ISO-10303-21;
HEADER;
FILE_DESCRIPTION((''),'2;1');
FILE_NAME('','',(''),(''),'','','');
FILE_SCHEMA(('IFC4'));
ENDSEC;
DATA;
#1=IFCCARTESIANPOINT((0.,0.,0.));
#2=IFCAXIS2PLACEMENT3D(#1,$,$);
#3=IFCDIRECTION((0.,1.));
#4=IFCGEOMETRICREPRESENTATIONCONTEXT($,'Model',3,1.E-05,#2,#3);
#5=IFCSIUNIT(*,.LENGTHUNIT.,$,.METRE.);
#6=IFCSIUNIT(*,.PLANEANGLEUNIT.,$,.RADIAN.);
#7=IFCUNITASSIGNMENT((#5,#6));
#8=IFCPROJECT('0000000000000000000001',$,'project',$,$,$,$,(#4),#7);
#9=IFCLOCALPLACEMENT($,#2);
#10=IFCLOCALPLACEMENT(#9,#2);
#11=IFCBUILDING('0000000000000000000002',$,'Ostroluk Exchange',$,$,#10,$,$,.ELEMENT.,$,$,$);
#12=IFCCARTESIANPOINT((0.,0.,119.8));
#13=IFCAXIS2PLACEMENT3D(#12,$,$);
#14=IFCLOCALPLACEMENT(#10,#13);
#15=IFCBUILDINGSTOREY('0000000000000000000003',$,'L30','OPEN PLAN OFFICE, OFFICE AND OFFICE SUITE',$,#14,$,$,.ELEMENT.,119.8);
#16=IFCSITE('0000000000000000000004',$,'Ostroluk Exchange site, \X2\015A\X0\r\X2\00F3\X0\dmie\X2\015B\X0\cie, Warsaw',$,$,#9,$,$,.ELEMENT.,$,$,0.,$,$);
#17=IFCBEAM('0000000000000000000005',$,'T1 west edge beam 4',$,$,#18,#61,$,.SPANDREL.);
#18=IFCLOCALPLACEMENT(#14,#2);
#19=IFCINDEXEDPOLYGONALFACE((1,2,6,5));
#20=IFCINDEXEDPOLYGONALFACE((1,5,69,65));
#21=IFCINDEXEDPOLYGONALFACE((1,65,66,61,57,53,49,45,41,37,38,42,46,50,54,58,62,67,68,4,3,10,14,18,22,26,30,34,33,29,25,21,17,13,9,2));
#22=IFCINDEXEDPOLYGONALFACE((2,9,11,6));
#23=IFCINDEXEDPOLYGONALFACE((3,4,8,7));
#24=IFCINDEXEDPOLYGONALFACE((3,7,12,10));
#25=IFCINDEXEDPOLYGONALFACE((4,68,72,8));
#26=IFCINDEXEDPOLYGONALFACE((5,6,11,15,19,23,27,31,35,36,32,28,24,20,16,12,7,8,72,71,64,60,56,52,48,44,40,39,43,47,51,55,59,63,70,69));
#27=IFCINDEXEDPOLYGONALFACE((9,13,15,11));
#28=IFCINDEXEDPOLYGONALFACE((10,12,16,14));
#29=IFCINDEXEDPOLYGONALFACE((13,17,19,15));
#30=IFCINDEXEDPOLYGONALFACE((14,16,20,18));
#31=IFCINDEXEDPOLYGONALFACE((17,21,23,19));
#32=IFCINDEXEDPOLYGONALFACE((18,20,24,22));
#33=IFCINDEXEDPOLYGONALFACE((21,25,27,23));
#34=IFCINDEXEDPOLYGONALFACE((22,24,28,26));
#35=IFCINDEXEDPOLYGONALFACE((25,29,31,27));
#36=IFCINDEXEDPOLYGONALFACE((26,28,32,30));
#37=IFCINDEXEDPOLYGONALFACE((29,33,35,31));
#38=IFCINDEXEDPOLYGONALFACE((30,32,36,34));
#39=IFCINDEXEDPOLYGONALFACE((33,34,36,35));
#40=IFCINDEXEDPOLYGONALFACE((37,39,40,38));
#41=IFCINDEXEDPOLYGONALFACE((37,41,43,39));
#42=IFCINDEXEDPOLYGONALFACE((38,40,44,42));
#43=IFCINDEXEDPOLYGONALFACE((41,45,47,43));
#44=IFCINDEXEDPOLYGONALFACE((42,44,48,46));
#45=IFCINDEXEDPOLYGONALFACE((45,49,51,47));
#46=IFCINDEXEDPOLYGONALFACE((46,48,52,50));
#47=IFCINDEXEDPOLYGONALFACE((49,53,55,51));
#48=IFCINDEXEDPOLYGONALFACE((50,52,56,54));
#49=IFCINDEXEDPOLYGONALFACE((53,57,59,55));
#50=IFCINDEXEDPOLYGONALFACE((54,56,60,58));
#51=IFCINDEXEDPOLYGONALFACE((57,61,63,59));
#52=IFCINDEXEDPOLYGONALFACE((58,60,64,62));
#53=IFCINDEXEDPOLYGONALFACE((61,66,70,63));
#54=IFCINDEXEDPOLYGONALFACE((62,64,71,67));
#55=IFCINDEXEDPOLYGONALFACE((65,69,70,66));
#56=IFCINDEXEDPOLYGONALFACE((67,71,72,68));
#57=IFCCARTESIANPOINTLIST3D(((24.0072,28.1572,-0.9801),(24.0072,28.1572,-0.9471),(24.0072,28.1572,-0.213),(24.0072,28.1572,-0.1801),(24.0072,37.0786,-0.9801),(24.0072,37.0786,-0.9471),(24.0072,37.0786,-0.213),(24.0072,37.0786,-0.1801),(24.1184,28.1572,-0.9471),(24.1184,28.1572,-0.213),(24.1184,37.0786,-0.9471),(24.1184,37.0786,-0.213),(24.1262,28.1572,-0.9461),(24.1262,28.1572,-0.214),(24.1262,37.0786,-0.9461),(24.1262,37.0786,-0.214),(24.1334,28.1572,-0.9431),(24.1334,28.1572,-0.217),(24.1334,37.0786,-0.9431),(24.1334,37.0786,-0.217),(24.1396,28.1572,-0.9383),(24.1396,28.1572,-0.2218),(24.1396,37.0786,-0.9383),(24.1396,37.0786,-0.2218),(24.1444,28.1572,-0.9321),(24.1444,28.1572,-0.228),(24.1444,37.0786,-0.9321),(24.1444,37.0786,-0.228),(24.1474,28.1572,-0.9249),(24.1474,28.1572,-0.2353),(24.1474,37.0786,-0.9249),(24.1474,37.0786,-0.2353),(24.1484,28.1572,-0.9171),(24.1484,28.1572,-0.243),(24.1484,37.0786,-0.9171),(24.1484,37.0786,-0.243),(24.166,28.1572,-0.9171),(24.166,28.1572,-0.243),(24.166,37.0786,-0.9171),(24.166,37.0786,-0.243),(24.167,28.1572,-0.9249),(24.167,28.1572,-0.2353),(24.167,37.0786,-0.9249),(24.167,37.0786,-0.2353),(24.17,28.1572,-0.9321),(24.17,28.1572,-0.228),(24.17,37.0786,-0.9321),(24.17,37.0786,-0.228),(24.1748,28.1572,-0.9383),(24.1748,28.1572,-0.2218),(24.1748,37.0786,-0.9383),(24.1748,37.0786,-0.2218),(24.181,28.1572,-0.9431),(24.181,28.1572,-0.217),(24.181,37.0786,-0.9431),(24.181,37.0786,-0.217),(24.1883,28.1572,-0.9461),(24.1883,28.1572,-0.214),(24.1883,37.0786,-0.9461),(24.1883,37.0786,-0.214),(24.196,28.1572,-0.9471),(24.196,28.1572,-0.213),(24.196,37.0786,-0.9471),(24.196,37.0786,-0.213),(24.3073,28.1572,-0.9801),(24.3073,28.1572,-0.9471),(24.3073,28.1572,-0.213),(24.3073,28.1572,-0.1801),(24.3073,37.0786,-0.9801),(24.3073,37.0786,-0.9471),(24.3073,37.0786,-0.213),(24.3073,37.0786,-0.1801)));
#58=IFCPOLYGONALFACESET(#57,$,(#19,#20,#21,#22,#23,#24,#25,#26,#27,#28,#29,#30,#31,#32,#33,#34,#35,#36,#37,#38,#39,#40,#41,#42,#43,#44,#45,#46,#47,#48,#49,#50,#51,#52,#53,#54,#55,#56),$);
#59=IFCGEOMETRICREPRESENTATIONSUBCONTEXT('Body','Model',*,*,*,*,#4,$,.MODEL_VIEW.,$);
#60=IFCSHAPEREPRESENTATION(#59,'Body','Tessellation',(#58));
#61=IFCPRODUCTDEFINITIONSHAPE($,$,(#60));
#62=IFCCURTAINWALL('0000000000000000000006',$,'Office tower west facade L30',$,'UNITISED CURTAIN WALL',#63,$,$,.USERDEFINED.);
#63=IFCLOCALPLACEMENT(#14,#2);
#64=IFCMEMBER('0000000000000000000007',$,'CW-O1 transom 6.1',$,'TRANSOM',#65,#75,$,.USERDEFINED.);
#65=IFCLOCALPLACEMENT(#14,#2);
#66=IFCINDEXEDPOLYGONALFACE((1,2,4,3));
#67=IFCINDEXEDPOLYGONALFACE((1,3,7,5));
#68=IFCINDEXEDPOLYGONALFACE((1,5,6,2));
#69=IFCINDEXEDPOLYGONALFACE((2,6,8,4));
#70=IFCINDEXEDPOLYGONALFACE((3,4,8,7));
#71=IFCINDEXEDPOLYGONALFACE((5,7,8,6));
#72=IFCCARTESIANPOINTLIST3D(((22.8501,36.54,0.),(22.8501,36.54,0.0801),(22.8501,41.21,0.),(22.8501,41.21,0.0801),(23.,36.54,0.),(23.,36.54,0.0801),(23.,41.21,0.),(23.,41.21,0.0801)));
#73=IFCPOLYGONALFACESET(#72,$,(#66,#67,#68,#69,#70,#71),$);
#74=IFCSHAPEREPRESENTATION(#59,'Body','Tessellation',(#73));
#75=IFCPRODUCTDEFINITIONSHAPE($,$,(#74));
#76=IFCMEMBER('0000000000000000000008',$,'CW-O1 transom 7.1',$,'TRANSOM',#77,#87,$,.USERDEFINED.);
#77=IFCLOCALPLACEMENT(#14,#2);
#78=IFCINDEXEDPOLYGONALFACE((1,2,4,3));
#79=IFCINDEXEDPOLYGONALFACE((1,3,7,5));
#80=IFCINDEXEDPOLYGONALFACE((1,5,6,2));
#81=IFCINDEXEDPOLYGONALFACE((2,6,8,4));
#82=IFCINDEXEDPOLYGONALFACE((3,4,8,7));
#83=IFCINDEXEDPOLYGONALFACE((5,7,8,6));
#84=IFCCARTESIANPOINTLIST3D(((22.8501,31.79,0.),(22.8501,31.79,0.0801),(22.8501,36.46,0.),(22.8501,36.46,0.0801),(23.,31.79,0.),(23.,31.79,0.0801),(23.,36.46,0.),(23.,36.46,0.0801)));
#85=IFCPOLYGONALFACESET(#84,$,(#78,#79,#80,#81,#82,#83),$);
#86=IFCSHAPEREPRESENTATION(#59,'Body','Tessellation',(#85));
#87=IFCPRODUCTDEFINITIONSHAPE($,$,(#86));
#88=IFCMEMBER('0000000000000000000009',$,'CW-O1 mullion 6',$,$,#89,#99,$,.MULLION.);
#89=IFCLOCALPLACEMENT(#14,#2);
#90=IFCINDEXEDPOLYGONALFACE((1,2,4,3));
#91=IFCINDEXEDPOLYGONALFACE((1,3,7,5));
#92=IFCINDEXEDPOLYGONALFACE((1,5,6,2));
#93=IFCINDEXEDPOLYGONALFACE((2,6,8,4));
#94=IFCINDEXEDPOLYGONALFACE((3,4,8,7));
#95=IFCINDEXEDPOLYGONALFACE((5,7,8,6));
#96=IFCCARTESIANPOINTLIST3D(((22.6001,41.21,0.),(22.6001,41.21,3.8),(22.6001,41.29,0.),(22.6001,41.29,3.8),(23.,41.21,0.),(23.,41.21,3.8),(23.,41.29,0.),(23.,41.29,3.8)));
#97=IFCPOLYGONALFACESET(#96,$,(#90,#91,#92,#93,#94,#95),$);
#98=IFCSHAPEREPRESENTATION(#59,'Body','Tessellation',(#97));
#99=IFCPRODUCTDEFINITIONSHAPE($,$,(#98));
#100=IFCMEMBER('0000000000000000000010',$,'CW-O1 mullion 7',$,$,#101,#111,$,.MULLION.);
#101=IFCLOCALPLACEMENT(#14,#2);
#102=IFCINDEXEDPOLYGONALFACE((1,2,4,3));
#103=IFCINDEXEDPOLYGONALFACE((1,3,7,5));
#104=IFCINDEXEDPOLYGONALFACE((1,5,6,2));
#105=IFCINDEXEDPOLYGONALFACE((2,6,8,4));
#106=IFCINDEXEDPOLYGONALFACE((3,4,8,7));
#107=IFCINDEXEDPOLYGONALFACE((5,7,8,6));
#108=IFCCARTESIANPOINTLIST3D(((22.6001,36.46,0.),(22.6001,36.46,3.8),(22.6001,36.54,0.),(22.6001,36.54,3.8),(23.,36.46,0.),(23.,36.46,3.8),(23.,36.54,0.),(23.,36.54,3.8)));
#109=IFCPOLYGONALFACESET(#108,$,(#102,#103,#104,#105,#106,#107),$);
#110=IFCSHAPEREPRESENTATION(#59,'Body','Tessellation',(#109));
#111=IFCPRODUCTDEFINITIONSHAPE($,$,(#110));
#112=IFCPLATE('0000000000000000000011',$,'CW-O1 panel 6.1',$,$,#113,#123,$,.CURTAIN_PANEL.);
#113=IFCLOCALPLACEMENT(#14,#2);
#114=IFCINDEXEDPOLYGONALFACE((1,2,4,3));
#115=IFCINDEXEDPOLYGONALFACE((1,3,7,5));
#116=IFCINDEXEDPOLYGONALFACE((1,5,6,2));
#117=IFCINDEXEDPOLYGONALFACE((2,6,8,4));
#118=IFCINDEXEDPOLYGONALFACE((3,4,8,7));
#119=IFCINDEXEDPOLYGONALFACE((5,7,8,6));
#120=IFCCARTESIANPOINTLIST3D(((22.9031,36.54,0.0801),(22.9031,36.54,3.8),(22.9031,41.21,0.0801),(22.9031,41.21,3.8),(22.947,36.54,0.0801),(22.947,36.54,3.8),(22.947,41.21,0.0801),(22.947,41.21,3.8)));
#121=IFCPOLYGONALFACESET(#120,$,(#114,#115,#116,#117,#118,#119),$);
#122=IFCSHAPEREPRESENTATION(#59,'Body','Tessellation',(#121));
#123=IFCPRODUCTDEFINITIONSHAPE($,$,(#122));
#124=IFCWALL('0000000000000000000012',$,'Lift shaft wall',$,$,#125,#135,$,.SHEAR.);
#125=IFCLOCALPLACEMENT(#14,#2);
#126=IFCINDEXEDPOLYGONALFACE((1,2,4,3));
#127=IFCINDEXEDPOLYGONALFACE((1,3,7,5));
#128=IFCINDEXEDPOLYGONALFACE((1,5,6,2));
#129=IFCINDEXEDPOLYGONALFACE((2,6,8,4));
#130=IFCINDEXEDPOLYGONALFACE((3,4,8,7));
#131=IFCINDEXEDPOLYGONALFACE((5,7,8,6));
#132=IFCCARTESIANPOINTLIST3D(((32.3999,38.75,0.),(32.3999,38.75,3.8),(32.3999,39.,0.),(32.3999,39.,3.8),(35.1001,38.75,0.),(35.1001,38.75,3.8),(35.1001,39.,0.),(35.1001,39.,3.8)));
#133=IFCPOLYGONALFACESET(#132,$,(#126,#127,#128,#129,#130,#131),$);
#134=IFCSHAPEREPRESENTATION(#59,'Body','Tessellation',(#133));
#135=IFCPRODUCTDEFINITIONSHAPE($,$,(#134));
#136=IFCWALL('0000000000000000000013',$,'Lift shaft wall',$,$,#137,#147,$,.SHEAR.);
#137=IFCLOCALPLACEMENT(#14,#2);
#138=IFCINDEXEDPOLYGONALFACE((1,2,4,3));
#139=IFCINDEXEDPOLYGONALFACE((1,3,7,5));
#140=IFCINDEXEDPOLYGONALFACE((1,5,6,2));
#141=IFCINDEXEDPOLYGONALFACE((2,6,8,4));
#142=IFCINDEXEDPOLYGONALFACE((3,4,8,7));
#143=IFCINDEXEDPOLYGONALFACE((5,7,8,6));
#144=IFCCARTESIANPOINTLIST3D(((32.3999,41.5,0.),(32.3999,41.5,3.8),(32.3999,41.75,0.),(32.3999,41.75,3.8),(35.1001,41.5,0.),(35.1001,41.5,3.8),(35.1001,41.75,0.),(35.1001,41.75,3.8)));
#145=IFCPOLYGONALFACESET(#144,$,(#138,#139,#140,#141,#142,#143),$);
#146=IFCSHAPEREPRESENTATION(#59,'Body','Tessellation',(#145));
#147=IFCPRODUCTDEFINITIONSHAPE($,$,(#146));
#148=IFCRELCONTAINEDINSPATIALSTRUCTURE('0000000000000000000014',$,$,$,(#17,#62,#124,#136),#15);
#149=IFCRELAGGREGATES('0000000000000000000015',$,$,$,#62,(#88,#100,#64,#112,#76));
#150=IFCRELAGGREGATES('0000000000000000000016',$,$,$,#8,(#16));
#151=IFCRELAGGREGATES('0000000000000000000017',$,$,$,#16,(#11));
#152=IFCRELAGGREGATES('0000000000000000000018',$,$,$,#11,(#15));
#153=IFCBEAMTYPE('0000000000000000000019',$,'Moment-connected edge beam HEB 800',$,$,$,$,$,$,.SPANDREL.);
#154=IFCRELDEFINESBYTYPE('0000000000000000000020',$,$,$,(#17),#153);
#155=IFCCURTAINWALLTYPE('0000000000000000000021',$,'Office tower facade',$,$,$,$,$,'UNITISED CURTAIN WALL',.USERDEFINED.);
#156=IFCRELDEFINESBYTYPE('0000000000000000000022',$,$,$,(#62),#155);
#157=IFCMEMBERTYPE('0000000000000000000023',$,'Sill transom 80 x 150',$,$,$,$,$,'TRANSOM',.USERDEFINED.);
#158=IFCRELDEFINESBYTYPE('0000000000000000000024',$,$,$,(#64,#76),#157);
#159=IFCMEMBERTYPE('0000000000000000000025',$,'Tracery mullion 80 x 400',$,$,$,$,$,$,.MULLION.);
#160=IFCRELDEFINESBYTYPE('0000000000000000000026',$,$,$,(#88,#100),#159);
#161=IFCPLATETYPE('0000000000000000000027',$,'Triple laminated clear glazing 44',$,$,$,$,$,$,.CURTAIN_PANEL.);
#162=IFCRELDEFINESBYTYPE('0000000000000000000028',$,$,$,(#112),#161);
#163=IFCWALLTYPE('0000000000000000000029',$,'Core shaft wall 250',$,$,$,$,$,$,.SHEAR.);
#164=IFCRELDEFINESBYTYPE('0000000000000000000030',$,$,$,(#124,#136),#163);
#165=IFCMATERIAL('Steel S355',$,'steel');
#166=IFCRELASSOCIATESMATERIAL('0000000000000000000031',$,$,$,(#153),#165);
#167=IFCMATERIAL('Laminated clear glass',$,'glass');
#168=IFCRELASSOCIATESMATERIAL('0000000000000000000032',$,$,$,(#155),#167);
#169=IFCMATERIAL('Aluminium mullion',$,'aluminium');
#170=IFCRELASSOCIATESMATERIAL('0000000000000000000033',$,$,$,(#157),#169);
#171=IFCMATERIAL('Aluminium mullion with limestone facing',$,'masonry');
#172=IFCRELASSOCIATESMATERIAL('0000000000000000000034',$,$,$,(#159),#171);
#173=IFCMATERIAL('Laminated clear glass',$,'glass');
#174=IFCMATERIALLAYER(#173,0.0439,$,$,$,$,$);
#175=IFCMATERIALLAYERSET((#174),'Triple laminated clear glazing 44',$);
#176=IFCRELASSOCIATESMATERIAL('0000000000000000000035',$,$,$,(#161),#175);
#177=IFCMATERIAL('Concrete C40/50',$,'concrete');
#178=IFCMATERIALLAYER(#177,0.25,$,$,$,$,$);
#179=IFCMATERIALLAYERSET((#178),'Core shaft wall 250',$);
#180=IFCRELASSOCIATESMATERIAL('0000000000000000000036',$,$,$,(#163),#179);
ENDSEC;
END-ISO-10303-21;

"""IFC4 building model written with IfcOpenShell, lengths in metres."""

from ifc_helpers import new_model, si_unit, direction, frame, frame_2d, origin, origin_2d, place, context, subcontext, project, spatial, rectangle, i_section, extrude, material, layer, layer_set, material_profile, profile_set, type_object, element, aggregate, save


model = new_model("IFC4")

# Units and contexts
model_context = context("Model", 3, precision=1e-05, world=origin(), true_north=direction((0.0, 1.0)))
body_context = subcontext(model_context, "Body", "Model", "MODEL_VIEW")
ifc_project = project(units=[si_unit("LENGTHUNIT", "METRE"), si_unit("PLANEANGLEUNIT", "RADIAN")], contexts=[model_context])

# Site, building, storey
site_placement = place(None, origin())
site = spatial("IfcSite", under=ifc_project, at=site_placement, Name="Ostroluk Exchange site, Śródmieście, Warsaw", CompositionType="ELEMENT", RefElevation=0.0)
building_placement = place(site_placement, origin())
building = spatial("IfcBuilding", under=site, at=building_placement, Name="Ostroluk Exchange", CompositionType="ELEMENT")
storey_placement = place(building_placement, frame((0.0, 0.0, 119.8)))
storey = spatial("IfcBuildingStorey", under=building, at=storey_placement, Name="L30", Description="OPEN PLAN OFFICE, OFFICE AND OFFICE SUITE", CompositionType="ELEMENT", Elevation=119.8)

# Beam
ifc_material_1 = material(Name="Steel S355", Category="steel")
ifc_material_profile_1 = material_profile(ifc_material_1, i_section(OverallWidth=0.3, OverallDepth=0.8, WebThickness=0.0176, FlangeThickness=0.033, FilletRadius=0.03, at=origin_2d()), Name="HEB 800")
ifc_profile_set_1 = profile_set([ifc_material_profile_1], Name="Steel S355")
beam_type_1 = type_object("IfcBeamType", Name="Moment-connected edge beam HEB 800", PredefinedType="SPANDREL", material=ifc_profile_set_1)
beam_1_placement = place(storey_placement, frame((24.1572, 37.0786, -0.5801), z_axis=(0.0, -1.0, 0.0), x_axis=(1.0, 0.0, 0.0)))
element("IfcBeam", 1, at=beam_1_placement, inside=storey, type_object=beam_type_1, Name="T1 west edge beam 4", PredefinedType="SPANDREL", context=body_context, shape_type="SweptSolid", body=[
    extrude(i_section(OverallWidth=0.3, OverallDepth=0.8, WebThickness=0.0176, FlangeThickness=0.033, FilletRadius=0.03, at=origin_2d()), origin(), (0.0, 0.0, 1.0), 8.9214),
])

# Curtain wall, members, plate
ifc_material_2 = material(Name="Laminated clear glass", Category="glass")
curtain_wall_type = type_object("IfcCurtainWallType", Name="Office tower facade", ElementType="UNITISED CURTAIN WALL", PredefinedType="USERDEFINED", material=ifc_material_2)
curtain_wall_placement = place(storey_placement, origin())
curtain_wall = element("IfcCurtainWall", 2, at=curtain_wall_placement, inside=storey, type_object=curtain_wall_type, Name="Office tower west facade L30", ObjectType="UNITISED CURTAIN WALL", PredefinedType="USERDEFINED")
ifc_material_3 = material(Name="Aluminium mullion", Category="aluminium")
ifc_material_profile_2 = material_profile(ifc_material_3, rectangle(XDim=0.1499, YDim=0.0801, at=origin_2d()), Name="Sill transom 80 x 150")
ifc_profile_set_2 = profile_set([ifc_material_profile_2], Name="Aluminium mullion")
member_type_1 = type_object("IfcMemberType", Name="Sill transom 80 x 150", ElementType="TRANSOM", PredefinedType="USERDEFINED", material=ifc_profile_set_2)
member_1_placement = place(storey_placement, frame((22.925, 41.21, 0.04), z_axis=(0.0, -1.0, 0.0), x_axis=(1.0, 0.0, 0.0)))
member_1 = element("IfcMember", 3, at=member_1_placement, type_object=member_type_1, Name="CW-O1 transom 6.1", ObjectType="TRANSOM", PredefinedType="USERDEFINED", context=body_context, shape_type="SweptSolid", body=[
    extrude(rectangle(XDim=0.1499, YDim=0.0801, at=origin_2d()), origin(), (0.0, 0.0, 1.0), 4.6699),
])
member_2_placement = place(storey_placement, frame((22.925, 36.46, 0.04), z_axis=(0.0, -1.0, 0.0), x_axis=(1.0, 0.0, 0.0)))
member_2 = element("IfcMember", 4, at=member_2_placement, type_object=member_type_1, Name="CW-O1 transom 7.1", ObjectType="TRANSOM", PredefinedType="USERDEFINED", context=body_context, shape_type="SweptSolid", body=[
    extrude(rectangle(XDim=0.1499, YDim=0.0801, at=origin_2d()), origin(), (0.0, 0.0, 1.0), 4.6699),
])
ifc_material_4 = material(Name="Aluminium mullion with limestone facing", Category="masonry")
ifc_material_profile_3 = material_profile(ifc_material_4, rectangle(XDim=0.3999, YDim=0.0801, at=origin_2d()), Name="Tracery mullion 80 x 400")
ifc_profile_set_3 = profile_set([ifc_material_profile_3], Name="Aluminium mullion with limestone facing")
member_type_2 = type_object("IfcMemberType", Name="Tracery mullion 80 x 400", PredefinedType="MULLION", material=ifc_profile_set_3)
member_3_placement = place(storey_placement, frame((22.8, 41.25, 0.0), z_axis=(0.0, 0.0, 1.0), x_axis=(1.0, 0.0, 0.0)))
member_3 = element("IfcMember", 5, at=member_3_placement, type_object=member_type_2, Name="CW-O1 mullion 6", PredefinedType="MULLION", context=body_context, shape_type="SweptSolid", body=[
    extrude(rectangle(XDim=0.3999, YDim=0.0801, at=origin_2d()), origin(), (0.0, 0.0, 1.0), 3.8),
])
member_4_placement = place(storey_placement, frame((22.8, 36.5, 0.0), z_axis=(0.0, 0.0, 1.0), x_axis=(1.0, 0.0, 0.0)))
member_4 = element("IfcMember", 6, at=member_4_placement, type_object=member_type_2, Name="CW-O1 mullion 7", PredefinedType="MULLION", context=body_context, shape_type="SweptSolid", body=[
    extrude(rectangle(XDim=0.3999, YDim=0.0801, at=origin_2d()), origin(), (0.0, 0.0, 1.0), 3.8),
])
ifc_material_5 = material(Name="Laminated clear glass", Category="glass")
ifc_layer_1 = layer(ifc_material_5, 0.0439)
ifc_layer_set_1 = layer_set([ifc_layer_1], Name="Triple laminated clear glazing 44")
plate_type = type_object("IfcPlateType", Name="Triple laminated clear glazing 44", PredefinedType="CURTAIN_PANEL", material=ifc_layer_set_1)
plate_placement = place(storey_placement, frame((22.925, 38.875, 0.0801), z_axis=(0.0, 0.0, 1.0), x_axis=(0.0, -1.0, 0.0)))
plate = element("IfcPlate", 7, at=plate_placement, type_object=plate_type, Name="CW-O1 panel 6.1", PredefinedType="CURTAIN_PANEL", context=body_context, shape_type="SweptSolid", body=[
    extrude(rectangle(XDim=4.6699, YDim=0.0439, at=origin_2d()), origin(), (0.0, 0.0, 1.0), 3.72),
])
aggregate(curtain_wall, [member_3, member_4, member_1, plate, member_2])

# Walls
ifc_material_6 = material(Name="Concrete C40/50", Category="concrete")
ifc_layer_2 = layer(ifc_material_6, 0.25)
ifc_layer_set_2 = layer_set([ifc_layer_2], Name="Core shaft wall 250")
wall_type_1 = type_object("IfcWallType", Name="Core shaft wall 250", PredefinedType="SHEAR", material=ifc_layer_set_2)
for number, where, z_axis, x_axis, name in (
    (8, (32.3999, 38.875, 0.0), (0.0, 0.0, 1.0), (1.0, 0.0, 0.0), "Lift shaft wall"),
    (9, (32.3999, 41.625, 0.0), (0.0, 0.0, 1.0), (1.0, 0.0, 0.0), "Lift shaft wall"),
):
    element("IfcWall", number, at=place(storey_placement, frame(where, z_axis=z_axis, x_axis=x_axis)), inside=storey, type_object=wall_type_1, Name=name, PredefinedType="SHEAR", context=body_context, shape_type="SweptSolid", body=[
        extrude(rectangle(XDim=2.7002, YDim=0.25, at=frame_2d((1.3501, 0.0))), origin(), (0.0, 0.0, 1.0), 3.8),
    ])

save(model, "model.ifc")
